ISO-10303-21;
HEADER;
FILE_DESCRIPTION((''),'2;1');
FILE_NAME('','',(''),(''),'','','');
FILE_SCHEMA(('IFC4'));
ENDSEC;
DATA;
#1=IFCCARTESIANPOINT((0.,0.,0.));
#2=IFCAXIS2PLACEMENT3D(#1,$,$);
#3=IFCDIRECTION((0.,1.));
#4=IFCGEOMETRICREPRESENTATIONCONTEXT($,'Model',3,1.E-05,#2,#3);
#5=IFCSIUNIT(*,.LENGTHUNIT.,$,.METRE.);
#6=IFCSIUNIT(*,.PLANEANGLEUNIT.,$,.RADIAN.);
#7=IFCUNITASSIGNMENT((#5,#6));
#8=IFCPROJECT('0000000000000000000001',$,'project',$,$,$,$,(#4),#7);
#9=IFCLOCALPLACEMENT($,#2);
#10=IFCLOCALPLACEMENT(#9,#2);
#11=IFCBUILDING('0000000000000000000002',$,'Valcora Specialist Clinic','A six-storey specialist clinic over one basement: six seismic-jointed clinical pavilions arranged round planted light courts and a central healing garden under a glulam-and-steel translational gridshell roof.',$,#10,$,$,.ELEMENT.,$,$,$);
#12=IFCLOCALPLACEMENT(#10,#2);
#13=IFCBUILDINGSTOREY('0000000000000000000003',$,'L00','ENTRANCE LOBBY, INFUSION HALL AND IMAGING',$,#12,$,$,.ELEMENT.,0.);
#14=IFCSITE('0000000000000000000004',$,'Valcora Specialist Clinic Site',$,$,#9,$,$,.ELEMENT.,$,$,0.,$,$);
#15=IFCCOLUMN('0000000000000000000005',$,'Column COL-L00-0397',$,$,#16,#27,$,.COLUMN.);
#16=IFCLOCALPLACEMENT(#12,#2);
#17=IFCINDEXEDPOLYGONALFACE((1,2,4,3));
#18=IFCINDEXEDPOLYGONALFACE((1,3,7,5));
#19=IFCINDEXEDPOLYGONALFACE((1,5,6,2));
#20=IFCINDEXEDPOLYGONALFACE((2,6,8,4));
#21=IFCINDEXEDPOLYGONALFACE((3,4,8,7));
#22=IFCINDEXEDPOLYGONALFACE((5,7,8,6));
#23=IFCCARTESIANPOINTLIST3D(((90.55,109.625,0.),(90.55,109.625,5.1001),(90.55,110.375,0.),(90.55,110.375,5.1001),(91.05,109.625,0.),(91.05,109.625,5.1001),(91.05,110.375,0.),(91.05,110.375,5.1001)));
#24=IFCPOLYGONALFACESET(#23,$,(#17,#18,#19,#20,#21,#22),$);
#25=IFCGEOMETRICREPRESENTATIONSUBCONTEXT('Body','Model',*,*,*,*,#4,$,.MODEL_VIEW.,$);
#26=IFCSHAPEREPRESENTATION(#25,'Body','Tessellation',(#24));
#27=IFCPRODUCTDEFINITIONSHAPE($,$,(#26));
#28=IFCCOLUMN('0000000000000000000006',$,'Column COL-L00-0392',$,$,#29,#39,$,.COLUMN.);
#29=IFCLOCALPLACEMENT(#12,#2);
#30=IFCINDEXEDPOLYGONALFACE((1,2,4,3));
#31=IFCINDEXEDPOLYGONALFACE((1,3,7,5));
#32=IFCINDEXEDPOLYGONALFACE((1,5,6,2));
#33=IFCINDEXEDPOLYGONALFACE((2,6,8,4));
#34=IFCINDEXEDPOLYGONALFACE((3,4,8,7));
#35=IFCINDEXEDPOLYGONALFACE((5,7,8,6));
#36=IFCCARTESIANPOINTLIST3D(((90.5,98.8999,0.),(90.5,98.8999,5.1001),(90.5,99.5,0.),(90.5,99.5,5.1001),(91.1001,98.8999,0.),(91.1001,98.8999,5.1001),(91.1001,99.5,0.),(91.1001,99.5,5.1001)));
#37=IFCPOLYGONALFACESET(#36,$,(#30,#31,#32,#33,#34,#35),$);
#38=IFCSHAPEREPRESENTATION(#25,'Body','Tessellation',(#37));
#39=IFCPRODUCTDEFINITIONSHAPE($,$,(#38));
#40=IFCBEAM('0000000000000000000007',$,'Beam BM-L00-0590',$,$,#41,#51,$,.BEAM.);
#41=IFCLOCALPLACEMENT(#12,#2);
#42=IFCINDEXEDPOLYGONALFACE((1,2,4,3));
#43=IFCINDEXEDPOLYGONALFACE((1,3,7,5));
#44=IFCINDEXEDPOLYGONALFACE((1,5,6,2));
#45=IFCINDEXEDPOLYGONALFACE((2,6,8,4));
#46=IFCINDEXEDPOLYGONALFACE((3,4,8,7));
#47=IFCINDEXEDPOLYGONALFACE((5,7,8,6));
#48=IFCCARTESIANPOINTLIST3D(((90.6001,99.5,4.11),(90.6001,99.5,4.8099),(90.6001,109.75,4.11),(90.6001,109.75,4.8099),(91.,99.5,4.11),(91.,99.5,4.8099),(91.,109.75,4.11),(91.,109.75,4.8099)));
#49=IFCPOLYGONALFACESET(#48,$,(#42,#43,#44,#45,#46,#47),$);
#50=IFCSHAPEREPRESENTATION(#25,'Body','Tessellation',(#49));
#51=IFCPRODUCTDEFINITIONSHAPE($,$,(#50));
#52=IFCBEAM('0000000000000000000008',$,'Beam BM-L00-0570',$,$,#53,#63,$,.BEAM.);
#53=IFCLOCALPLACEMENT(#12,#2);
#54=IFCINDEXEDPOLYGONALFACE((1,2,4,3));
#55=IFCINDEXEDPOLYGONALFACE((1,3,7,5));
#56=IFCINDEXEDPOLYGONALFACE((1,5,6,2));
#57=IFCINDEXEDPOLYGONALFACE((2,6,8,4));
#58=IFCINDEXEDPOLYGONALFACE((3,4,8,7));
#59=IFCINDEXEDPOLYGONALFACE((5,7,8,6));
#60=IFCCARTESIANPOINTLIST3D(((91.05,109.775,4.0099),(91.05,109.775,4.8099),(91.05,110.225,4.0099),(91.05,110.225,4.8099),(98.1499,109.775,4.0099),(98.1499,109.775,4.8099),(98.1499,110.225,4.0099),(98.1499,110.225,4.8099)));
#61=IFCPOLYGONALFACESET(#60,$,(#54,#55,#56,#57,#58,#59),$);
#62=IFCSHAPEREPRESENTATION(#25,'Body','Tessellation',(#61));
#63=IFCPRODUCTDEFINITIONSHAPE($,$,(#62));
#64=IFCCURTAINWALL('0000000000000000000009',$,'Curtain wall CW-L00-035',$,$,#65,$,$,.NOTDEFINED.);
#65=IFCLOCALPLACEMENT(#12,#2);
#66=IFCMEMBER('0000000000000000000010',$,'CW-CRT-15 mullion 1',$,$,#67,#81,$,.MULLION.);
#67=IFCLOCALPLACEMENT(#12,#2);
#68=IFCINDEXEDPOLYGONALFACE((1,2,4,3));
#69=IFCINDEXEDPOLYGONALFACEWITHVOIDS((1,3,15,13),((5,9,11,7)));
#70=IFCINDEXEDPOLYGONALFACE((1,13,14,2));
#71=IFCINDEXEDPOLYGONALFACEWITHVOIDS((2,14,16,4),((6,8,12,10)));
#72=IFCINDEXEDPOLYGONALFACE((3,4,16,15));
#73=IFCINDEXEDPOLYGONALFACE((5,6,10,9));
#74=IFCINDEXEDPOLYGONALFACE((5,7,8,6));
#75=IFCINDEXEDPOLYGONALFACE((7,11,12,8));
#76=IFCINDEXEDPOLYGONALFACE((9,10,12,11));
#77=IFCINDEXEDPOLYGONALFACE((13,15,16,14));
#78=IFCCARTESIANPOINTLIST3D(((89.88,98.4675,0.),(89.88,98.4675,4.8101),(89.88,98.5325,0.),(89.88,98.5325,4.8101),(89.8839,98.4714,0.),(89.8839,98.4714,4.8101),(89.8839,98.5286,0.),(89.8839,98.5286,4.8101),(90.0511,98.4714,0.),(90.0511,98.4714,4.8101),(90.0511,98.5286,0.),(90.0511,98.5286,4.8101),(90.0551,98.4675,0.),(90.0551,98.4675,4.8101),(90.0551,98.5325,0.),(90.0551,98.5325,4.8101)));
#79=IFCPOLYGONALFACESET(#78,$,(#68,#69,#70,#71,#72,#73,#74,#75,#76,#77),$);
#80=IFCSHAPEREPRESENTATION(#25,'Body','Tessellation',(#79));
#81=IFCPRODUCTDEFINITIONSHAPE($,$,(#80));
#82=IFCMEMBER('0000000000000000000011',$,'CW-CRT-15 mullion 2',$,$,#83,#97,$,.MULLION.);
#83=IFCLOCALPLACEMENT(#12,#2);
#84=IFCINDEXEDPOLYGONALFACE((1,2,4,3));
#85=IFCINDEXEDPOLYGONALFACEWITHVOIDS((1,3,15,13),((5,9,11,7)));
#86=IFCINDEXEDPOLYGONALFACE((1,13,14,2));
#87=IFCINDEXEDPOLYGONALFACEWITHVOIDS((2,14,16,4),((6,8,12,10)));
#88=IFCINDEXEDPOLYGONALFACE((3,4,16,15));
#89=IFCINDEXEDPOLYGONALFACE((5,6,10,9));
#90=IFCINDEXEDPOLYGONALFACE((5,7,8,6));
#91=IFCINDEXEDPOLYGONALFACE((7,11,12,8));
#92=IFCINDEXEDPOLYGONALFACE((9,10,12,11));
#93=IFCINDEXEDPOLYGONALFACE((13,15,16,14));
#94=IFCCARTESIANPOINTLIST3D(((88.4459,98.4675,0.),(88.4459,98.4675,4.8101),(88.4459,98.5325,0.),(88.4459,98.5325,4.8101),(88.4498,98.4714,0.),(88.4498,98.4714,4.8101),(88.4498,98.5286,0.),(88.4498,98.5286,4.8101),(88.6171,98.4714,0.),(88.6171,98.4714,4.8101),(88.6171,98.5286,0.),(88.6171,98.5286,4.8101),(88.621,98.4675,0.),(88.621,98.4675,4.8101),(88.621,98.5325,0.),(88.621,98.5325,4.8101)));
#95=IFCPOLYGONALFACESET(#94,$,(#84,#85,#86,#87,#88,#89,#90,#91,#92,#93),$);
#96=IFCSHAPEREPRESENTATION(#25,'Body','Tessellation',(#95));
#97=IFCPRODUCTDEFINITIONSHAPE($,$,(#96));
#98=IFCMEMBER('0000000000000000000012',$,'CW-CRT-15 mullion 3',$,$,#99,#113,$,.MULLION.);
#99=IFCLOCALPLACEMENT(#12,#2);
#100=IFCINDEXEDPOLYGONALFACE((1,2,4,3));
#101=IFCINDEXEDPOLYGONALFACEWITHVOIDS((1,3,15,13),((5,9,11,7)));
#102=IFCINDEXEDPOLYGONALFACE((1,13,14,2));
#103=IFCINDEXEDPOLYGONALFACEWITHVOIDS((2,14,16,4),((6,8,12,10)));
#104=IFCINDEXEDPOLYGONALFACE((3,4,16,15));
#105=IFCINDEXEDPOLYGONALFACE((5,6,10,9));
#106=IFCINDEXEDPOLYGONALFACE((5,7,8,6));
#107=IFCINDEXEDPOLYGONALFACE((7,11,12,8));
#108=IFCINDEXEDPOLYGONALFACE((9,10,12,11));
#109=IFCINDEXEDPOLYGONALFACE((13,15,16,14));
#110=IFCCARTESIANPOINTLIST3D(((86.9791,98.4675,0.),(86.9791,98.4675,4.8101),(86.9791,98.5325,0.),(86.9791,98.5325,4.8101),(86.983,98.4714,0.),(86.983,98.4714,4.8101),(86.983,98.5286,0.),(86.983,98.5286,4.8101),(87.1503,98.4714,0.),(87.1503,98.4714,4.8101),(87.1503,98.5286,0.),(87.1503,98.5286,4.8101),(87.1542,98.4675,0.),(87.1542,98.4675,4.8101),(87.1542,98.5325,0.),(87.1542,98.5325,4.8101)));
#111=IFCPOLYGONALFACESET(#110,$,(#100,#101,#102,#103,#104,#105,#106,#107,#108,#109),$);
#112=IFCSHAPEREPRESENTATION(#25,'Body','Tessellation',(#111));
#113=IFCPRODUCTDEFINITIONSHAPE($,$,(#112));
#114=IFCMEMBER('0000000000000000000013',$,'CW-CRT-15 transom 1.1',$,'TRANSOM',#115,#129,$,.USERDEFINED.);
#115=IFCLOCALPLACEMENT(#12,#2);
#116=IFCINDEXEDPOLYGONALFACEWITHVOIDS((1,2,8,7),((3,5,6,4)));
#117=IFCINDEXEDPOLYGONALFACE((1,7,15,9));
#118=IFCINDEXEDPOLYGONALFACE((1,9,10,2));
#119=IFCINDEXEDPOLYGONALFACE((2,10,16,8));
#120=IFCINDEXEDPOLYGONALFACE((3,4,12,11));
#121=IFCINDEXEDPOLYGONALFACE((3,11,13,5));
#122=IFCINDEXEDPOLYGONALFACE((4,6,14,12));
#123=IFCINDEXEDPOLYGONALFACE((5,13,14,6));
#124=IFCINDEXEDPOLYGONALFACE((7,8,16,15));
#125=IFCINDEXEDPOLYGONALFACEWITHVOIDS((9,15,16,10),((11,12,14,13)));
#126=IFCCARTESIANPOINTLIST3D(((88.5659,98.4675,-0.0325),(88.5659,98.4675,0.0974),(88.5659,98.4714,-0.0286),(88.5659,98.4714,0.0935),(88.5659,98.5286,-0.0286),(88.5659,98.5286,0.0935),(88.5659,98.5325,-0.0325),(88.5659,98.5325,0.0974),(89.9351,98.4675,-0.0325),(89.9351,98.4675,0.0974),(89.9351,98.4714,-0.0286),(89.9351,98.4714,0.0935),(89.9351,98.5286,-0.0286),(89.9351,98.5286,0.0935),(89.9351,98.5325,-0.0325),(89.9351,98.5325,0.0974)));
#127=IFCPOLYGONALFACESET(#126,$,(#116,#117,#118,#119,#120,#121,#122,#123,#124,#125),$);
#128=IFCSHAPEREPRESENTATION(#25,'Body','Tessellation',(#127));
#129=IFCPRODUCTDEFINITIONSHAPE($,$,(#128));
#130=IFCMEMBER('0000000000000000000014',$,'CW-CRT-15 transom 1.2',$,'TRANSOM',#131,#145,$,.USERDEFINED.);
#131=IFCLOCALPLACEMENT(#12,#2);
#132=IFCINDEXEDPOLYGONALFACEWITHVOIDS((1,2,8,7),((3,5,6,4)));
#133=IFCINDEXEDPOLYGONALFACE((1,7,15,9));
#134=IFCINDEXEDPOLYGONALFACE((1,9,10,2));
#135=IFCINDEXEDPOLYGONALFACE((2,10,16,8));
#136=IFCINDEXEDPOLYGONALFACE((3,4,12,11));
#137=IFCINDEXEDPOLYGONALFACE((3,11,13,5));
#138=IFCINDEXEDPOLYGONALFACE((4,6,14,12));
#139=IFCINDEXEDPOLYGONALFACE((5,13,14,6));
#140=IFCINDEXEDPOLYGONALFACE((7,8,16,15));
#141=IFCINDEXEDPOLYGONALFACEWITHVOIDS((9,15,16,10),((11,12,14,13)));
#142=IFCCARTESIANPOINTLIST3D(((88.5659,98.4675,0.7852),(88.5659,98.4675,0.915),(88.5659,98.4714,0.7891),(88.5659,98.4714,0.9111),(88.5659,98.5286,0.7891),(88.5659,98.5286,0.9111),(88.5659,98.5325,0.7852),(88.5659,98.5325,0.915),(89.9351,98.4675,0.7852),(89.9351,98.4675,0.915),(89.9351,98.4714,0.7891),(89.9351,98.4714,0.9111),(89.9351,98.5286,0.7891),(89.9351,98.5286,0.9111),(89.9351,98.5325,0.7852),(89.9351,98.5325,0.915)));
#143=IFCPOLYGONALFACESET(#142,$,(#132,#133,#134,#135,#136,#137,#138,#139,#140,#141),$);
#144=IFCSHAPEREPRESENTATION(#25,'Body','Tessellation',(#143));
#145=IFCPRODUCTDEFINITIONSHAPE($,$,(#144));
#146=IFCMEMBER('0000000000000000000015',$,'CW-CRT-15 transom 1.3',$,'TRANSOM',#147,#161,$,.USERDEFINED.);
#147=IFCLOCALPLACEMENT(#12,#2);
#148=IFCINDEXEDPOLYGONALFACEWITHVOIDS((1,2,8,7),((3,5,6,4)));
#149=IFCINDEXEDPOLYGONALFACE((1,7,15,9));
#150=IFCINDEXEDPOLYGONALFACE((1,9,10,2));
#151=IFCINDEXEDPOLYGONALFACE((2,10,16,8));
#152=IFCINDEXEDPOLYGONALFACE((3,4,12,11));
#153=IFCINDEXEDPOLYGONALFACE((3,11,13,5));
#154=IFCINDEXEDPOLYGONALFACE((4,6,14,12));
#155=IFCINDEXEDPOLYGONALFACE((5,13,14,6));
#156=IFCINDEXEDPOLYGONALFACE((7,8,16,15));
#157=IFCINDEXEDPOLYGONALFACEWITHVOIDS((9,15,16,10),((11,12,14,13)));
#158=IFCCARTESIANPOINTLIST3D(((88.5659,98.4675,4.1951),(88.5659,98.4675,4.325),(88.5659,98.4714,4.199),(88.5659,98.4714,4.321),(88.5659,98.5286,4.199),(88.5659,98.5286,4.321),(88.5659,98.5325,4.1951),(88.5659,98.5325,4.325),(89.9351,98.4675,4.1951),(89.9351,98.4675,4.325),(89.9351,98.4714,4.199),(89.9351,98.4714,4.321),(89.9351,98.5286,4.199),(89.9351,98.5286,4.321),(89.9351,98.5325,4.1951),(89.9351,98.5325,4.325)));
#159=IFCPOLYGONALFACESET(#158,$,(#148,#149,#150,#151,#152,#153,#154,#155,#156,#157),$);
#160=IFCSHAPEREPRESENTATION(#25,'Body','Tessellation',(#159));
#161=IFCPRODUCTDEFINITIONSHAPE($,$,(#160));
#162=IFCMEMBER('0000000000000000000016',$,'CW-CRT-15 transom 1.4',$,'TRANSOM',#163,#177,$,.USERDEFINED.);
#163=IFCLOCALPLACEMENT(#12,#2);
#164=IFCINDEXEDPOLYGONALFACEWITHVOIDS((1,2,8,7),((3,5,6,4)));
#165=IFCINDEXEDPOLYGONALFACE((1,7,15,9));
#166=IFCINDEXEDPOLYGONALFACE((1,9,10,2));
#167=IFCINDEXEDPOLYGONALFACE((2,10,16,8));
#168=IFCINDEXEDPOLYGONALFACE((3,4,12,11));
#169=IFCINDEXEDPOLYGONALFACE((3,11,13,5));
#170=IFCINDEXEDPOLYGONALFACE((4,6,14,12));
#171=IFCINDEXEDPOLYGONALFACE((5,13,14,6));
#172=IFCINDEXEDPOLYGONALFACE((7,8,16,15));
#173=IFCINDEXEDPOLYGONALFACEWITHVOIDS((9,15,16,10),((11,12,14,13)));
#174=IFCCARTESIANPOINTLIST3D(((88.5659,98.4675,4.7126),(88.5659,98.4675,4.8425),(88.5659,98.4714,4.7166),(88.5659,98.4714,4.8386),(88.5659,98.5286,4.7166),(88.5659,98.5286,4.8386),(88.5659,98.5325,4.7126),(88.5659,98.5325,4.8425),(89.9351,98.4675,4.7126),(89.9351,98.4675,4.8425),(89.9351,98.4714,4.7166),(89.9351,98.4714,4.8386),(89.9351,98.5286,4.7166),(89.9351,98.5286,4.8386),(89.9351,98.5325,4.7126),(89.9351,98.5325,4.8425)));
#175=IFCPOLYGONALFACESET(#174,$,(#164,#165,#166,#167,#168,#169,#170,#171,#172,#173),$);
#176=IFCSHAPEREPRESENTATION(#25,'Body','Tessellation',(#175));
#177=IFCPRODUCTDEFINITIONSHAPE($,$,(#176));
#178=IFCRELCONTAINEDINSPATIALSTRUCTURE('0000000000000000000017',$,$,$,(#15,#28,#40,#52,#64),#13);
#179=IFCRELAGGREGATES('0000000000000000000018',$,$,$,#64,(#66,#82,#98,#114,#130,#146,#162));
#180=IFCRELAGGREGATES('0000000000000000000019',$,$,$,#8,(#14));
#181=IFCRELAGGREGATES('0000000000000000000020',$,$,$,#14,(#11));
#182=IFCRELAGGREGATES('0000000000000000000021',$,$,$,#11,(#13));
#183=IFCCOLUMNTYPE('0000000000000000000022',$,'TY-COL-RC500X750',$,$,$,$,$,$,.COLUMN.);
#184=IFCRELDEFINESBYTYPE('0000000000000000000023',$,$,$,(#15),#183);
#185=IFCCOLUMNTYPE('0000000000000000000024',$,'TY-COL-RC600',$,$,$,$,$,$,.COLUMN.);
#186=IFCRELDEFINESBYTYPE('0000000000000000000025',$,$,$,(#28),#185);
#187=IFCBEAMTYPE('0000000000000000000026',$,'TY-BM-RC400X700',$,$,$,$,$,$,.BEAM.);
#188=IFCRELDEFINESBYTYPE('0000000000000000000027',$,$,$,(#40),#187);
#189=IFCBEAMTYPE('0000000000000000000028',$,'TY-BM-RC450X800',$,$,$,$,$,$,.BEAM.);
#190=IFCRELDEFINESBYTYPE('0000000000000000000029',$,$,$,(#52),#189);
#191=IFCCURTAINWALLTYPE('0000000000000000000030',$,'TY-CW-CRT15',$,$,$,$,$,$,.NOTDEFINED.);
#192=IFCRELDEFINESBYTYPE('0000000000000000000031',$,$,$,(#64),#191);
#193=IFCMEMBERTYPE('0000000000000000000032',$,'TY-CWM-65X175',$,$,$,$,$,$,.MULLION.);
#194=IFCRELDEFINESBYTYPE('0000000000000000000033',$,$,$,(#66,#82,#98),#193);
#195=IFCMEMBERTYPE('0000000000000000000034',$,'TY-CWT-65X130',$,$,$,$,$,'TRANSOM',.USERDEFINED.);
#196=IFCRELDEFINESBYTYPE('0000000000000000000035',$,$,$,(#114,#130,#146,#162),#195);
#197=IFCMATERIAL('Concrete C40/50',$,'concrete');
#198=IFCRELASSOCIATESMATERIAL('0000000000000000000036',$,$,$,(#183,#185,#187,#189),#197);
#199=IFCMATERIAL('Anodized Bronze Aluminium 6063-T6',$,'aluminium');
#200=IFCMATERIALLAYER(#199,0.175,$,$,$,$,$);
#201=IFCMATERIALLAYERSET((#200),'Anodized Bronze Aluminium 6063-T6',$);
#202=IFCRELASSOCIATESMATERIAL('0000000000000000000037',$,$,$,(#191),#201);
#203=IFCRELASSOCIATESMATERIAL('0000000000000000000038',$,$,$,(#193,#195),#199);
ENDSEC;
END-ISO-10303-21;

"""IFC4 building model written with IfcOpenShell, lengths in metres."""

from ifc_helpers import new_model, si_unit, direction, frame, origin, origin_2d, place, context, subcontext, project, spatial, rectangle, hollow_rectangle, extrude, material, layer, layer_set, material_profile, profile_set, type_object, element, aggregate, save


model = new_model("IFC4")

# Units and contexts
model_context = context("Model", 3, precision=1e-05, world=origin(), true_north=direction((0.0, 1.0)))
body_context = subcontext(model_context, "Body", "Model", "MODEL_VIEW")
ifc_project = project(units=[si_unit("LENGTHUNIT", "METRE"), si_unit("PLANEANGLEUNIT", "RADIAN")], contexts=[model_context])

# Site, building, storey
site_placement = place(None, origin())
site = spatial("IfcSite", under=ifc_project, at=site_placement, Name="Valcora Specialist Clinic Site", CompositionType="ELEMENT", RefElevation=0.0)
building_placement = place(site_placement, origin())
building = spatial("IfcBuilding", under=site, at=building_placement, Name="Valcora Specialist Clinic", Description="A six-storey specialist clinic over one basement: six seismic-jointed clinical pavilions arranged round planted light courts and a central healing garden under a glulam-and-steel translational gridshell roof.", CompositionType="ELEMENT")
storey_placement = place(building_placement, origin())
storey = spatial("IfcBuildingStorey", under=building, at=storey_placement, Name="L00", Description="ENTRANCE LOBBY, INFUSION HALL AND IMAGING", CompositionType="ELEMENT", Elevation=0.0)

# Columns
ifc_material_1 = material(Name="Concrete C40/50", Category="concrete")
ifc_material_profile_1 = material_profile(ifc_material_1, rectangle(XDim=0.5, YDim=0.75, at=origin_2d()), Name="RC-COL-500X750")
ifc_profile_set_1 = profile_set([ifc_material_profile_1], Name="Concrete C40/50")
column_type_1 = type_object("IfcColumnType", Name="TY-COL-RC500X750", PredefinedType="COLUMN", material=ifc_profile_set_1)
column_1_placement = place(storey_placement, frame((90.8, 110.0, 0.0), z_axis=(0.0, 0.0, 1.0), x_axis=(1.0, 0.0, 0.0)))
element("IfcColumn", 1, at=column_1_placement, inside=storey, type_object=column_type_1, Name="Column COL-L00-0397", PredefinedType="COLUMN", context=body_context, shape_type="SweptSolid", body=[
    extrude(rectangle(XDim=0.5, YDim=0.75, at=origin_2d()), origin(), (0.0, 0.0, 1.0), 5.1001),
])
ifc_material_profile_2 = material_profile(ifc_material_1, rectangle(XDim=0.6001, YDim=0.6001, at=origin_2d()), Name="RC-COL-600X600")
ifc_profile_set_2 = profile_set([ifc_material_profile_2], Name="Concrete C40/50")
column_type_2 = type_object("IfcColumnType", Name="TY-COL-RC600", PredefinedType="COLUMN", material=ifc_profile_set_2)
column_2_placement = place(storey_placement, frame((90.8, 99.2, 0.0), z_axis=(0.0, 0.0, 1.0), x_axis=(1.0, 0.0, 0.0)))
element("IfcColumn", 2, at=column_2_placement, inside=storey, type_object=column_type_2, Name="Column COL-L00-0392", PredefinedType="COLUMN", context=body_context, shape_type="SweptSolid", body=[
    extrude(rectangle(XDim=0.6001, YDim=0.6001, at=origin_2d()), origin(), (0.0, 0.0, 1.0), 5.1001),
])

# Beams
ifc_material_profile_3 = material_profile(ifc_material_1, rectangle(XDim=0.3999, YDim=0.7, at=origin_2d()), Name="RC-BM-400X700")
ifc_profile_set_3 = profile_set([ifc_material_profile_3], Name="Concrete C40/50")
beam_type_1 = type_object("IfcBeamType", Name="TY-BM-RC400X700", PredefinedType="BEAM", material=ifc_profile_set_3)
beam_1_placement = place(storey_placement, frame((90.8, 99.5, 4.46), z_axis=(0.0, 1.0, 0.0), x_axis=(-1.0, 0.0, 0.0)))
element("IfcBeam", 3, at=beam_1_placement, inside=storey, type_object=beam_type_1, Name="Beam BM-L00-0590", PredefinedType="BEAM", context=body_context, shape_type="SweptSolid", body=[
    extrude(rectangle(XDim=0.3999, YDim=0.7, at=origin_2d()), origin(), (0.0, 0.0, 1.0), 10.25),
])
ifc_material_profile_4 = material_profile(ifc_material_1, rectangle(XDim=0.45, YDim=0.8, at=origin_2d()), Name="RC-BM-450X800")
ifc_profile_set_4 = profile_set([ifc_material_profile_4], Name="Concrete C40/50")
beam_type_2 = type_object("IfcBeamType", Name="TY-BM-RC450X800", PredefinedType="BEAM", material=ifc_profile_set_4)
beam_2_placement = place(storey_placement, frame((91.05, 110.0, 4.4099), z_axis=(1.0, 0.0, 0.0), x_axis=(0.0, 1.0, 0.0)))
element("IfcBeam", 4, at=beam_2_placement, inside=storey, type_object=beam_type_2, Name="Beam BM-L00-0570", PredefinedType="BEAM", context=body_context, shape_type="SweptSolid", body=[
    extrude(rectangle(XDim=0.45, YDim=0.8, at=origin_2d()), origin(), (0.0, 0.0, 1.0), 7.0999),
])

# Curtain wall, members
ifc_material_2 = material(Name="Anodized Bronze Aluminium 6063-T6", Category="aluminium")
ifc_layer_1 = layer(ifc_material_2, 0.175)
ifc_layer_set_1 = layer_set([ifc_layer_1], Name="Anodized Bronze Aluminium 6063-T6")
curtain_wall_type = type_object("IfcCurtainWallType", Name="TY-CW-CRT15", PredefinedType="NOTDEFINED", material=ifc_layer_set_1)
curtain_wall_placement = place(storey_placement, origin())
curtain_wall = element("IfcCurtainWall", 5, at=curtain_wall_placement, inside=storey, type_object=curtain_wall_type, Name="Curtain wall CW-L00-035", PredefinedType="NOTDEFINED")
ifc_material_profile_5 = material_profile(ifc_material_2, hollow_rectangle(XDim=0.0649, YDim=0.175, WallThickness=0.0039, at=origin_2d()), Name="AL-MUL-65X175")
ifc_profile_set_5 = profile_set([ifc_material_profile_5], Name="Anodized Bronze Aluminium 6063-T6")
member_type_1 = type_object("IfcMemberType", Name="TY-CWM-65X175", PredefinedType="MULLION", material=ifc_profile_set_5)
member_1_placement = place(storey_placement, frame((89.9675, 98.5, 0.0), z_axis=(0.0, 0.0, 1.0), x_axis=(0.0, -1.0, 0.0)))
member_1 = element("IfcMember", 6, at=member_1_placement, type_object=member_type_1, Name="CW-CRT-15 mullion 1", PredefinedType="MULLION", context=body_context, shape_type="SweptSolid", body=[
    extrude(hollow_rectangle(XDim=0.0649, YDim=0.175, WallThickness=0.0039, at=origin_2d()), origin(), (0.0, 0.0, 1.0), 4.8101),
])
member_2_placement = place(storey_placement, frame((88.5334, 98.5, 0.0), z_axis=(0.0, 0.0, 1.0), x_axis=(0.0, -1.0, 0.0)))
member_2 = element("IfcMember", 7, at=member_2_placement, type_object=member_type_1, Name="CW-CRT-15 mullion 2", PredefinedType="MULLION", context=body_context, shape_type="SweptSolid", body=[
    extrude(hollow_rectangle(XDim=0.0649, YDim=0.175, WallThickness=0.0039, at=origin_2d()), origin(), (0.0, 0.0, 1.0), 4.8101),
])
member_3_placement = place(storey_placement, frame((87.0667, 98.5, 0.0), z_axis=(0.0, 0.0, 1.0), x_axis=(0.0, -1.0, 0.0)))
member_3 = element("IfcMember", 8, at=member_3_placement, type_object=member_type_1, Name="CW-CRT-15 mullion 3", PredefinedType="MULLION", context=body_context, shape_type="SweptSolid", body=[
    extrude(hollow_rectangle(XDim=0.0649, YDim=0.175, WallThickness=0.0039, at=origin_2d()), origin(), (0.0, 0.0, 1.0), 4.8101),
])
ifc_material_profile_6 = material_profile(ifc_material_2, hollow_rectangle(XDim=0.0649, YDim=0.1299, WallThickness=0.0039, at=origin_2d()), Name="AL-TRN-65X130")
ifc_profile_set_6 = profile_set([ifc_material_profile_6], Name="Anodized Bronze Aluminium 6063-T6")
member_type_2 = type_object("IfcMemberType", Name="TY-CWT-65X130", ElementType="TRANSOM", PredefinedType="USERDEFINED", material=ifc_profile_set_6)
member_4_placement = place(storey_placement, frame((89.9351, 98.5, 0.0325), z_axis=(-1.0, 0.0, 0.0), x_axis=(0.0, -1.0, 0.0)))
member_4 = element("IfcMember", 9, at=member_4_placement, type_object=member_type_2, Name="CW-CRT-15 transom 1.1", ObjectType="TRANSOM", PredefinedType="USERDEFINED", context=body_context, shape_type="SweptSolid", body=[
    extrude(hollow_rectangle(XDim=0.0649, YDim=0.1299, WallThickness=0.0039, at=origin_2d()), origin(), (0.0, 0.0, 1.0), 1.3691),
])
member_5_placement = place(storey_placement, frame((89.9351, 98.5, 0.8501), z_axis=(-1.0, 0.0, 0.0), x_axis=(0.0, -1.0, 0.0)))
member_5 = element("IfcMember", 10, at=member_5_placement, type_object=member_type_2, Name="CW-CRT-15 transom 1.2", ObjectType="TRANSOM", PredefinedType="USERDEFINED", context=body_context, shape_type="SweptSolid", body=[
    extrude(hollow_rectangle(XDim=0.0649, YDim=0.1299, WallThickness=0.0039, at=origin_2d()), origin(), (0.0, 0.0, 1.0), 1.3691),
])
member_6_placement = place(storey_placement, frame((89.9351, 98.5, 4.26), z_axis=(-1.0, 0.0, 0.0), x_axis=(0.0, -1.0, 0.0)))
member_6 = element("IfcMember", 11, at=member_6_placement, type_object=member_type_2, Name="CW-CRT-15 transom 1.3", ObjectType="TRANSOM", PredefinedType="USERDEFINED", context=body_context, shape_type="SweptSolid", body=[
    extrude(hollow_rectangle(XDim=0.0649, YDim=0.1299, WallThickness=0.0039, at=origin_2d()), origin(), (0.0, 0.0, 1.0), 1.3691),
])
member_7_placement = place(storey_placement, frame((89.9351, 98.5, 4.7776), z_axis=(-1.0, 0.0, 0.0), x_axis=(0.0, -1.0, 0.0)))
member_7 = element("IfcMember", 12, at=member_7_placement, type_object=member_type_2, Name="CW-CRT-15 transom 1.4", ObjectType="TRANSOM", PredefinedType="USERDEFINED", context=body_context, shape_type="SweptSolid", body=[
    extrude(hollow_rectangle(XDim=0.0649, YDim=0.1299, WallThickness=0.0039, at=origin_2d()), origin(), (0.0, 0.0, 1.0), 1.3691),
])
aggregate(curtain_wall, [member_1, member_2, member_3, member_4, member_5, member_6, member_7])

save(model, "model.ifc")
